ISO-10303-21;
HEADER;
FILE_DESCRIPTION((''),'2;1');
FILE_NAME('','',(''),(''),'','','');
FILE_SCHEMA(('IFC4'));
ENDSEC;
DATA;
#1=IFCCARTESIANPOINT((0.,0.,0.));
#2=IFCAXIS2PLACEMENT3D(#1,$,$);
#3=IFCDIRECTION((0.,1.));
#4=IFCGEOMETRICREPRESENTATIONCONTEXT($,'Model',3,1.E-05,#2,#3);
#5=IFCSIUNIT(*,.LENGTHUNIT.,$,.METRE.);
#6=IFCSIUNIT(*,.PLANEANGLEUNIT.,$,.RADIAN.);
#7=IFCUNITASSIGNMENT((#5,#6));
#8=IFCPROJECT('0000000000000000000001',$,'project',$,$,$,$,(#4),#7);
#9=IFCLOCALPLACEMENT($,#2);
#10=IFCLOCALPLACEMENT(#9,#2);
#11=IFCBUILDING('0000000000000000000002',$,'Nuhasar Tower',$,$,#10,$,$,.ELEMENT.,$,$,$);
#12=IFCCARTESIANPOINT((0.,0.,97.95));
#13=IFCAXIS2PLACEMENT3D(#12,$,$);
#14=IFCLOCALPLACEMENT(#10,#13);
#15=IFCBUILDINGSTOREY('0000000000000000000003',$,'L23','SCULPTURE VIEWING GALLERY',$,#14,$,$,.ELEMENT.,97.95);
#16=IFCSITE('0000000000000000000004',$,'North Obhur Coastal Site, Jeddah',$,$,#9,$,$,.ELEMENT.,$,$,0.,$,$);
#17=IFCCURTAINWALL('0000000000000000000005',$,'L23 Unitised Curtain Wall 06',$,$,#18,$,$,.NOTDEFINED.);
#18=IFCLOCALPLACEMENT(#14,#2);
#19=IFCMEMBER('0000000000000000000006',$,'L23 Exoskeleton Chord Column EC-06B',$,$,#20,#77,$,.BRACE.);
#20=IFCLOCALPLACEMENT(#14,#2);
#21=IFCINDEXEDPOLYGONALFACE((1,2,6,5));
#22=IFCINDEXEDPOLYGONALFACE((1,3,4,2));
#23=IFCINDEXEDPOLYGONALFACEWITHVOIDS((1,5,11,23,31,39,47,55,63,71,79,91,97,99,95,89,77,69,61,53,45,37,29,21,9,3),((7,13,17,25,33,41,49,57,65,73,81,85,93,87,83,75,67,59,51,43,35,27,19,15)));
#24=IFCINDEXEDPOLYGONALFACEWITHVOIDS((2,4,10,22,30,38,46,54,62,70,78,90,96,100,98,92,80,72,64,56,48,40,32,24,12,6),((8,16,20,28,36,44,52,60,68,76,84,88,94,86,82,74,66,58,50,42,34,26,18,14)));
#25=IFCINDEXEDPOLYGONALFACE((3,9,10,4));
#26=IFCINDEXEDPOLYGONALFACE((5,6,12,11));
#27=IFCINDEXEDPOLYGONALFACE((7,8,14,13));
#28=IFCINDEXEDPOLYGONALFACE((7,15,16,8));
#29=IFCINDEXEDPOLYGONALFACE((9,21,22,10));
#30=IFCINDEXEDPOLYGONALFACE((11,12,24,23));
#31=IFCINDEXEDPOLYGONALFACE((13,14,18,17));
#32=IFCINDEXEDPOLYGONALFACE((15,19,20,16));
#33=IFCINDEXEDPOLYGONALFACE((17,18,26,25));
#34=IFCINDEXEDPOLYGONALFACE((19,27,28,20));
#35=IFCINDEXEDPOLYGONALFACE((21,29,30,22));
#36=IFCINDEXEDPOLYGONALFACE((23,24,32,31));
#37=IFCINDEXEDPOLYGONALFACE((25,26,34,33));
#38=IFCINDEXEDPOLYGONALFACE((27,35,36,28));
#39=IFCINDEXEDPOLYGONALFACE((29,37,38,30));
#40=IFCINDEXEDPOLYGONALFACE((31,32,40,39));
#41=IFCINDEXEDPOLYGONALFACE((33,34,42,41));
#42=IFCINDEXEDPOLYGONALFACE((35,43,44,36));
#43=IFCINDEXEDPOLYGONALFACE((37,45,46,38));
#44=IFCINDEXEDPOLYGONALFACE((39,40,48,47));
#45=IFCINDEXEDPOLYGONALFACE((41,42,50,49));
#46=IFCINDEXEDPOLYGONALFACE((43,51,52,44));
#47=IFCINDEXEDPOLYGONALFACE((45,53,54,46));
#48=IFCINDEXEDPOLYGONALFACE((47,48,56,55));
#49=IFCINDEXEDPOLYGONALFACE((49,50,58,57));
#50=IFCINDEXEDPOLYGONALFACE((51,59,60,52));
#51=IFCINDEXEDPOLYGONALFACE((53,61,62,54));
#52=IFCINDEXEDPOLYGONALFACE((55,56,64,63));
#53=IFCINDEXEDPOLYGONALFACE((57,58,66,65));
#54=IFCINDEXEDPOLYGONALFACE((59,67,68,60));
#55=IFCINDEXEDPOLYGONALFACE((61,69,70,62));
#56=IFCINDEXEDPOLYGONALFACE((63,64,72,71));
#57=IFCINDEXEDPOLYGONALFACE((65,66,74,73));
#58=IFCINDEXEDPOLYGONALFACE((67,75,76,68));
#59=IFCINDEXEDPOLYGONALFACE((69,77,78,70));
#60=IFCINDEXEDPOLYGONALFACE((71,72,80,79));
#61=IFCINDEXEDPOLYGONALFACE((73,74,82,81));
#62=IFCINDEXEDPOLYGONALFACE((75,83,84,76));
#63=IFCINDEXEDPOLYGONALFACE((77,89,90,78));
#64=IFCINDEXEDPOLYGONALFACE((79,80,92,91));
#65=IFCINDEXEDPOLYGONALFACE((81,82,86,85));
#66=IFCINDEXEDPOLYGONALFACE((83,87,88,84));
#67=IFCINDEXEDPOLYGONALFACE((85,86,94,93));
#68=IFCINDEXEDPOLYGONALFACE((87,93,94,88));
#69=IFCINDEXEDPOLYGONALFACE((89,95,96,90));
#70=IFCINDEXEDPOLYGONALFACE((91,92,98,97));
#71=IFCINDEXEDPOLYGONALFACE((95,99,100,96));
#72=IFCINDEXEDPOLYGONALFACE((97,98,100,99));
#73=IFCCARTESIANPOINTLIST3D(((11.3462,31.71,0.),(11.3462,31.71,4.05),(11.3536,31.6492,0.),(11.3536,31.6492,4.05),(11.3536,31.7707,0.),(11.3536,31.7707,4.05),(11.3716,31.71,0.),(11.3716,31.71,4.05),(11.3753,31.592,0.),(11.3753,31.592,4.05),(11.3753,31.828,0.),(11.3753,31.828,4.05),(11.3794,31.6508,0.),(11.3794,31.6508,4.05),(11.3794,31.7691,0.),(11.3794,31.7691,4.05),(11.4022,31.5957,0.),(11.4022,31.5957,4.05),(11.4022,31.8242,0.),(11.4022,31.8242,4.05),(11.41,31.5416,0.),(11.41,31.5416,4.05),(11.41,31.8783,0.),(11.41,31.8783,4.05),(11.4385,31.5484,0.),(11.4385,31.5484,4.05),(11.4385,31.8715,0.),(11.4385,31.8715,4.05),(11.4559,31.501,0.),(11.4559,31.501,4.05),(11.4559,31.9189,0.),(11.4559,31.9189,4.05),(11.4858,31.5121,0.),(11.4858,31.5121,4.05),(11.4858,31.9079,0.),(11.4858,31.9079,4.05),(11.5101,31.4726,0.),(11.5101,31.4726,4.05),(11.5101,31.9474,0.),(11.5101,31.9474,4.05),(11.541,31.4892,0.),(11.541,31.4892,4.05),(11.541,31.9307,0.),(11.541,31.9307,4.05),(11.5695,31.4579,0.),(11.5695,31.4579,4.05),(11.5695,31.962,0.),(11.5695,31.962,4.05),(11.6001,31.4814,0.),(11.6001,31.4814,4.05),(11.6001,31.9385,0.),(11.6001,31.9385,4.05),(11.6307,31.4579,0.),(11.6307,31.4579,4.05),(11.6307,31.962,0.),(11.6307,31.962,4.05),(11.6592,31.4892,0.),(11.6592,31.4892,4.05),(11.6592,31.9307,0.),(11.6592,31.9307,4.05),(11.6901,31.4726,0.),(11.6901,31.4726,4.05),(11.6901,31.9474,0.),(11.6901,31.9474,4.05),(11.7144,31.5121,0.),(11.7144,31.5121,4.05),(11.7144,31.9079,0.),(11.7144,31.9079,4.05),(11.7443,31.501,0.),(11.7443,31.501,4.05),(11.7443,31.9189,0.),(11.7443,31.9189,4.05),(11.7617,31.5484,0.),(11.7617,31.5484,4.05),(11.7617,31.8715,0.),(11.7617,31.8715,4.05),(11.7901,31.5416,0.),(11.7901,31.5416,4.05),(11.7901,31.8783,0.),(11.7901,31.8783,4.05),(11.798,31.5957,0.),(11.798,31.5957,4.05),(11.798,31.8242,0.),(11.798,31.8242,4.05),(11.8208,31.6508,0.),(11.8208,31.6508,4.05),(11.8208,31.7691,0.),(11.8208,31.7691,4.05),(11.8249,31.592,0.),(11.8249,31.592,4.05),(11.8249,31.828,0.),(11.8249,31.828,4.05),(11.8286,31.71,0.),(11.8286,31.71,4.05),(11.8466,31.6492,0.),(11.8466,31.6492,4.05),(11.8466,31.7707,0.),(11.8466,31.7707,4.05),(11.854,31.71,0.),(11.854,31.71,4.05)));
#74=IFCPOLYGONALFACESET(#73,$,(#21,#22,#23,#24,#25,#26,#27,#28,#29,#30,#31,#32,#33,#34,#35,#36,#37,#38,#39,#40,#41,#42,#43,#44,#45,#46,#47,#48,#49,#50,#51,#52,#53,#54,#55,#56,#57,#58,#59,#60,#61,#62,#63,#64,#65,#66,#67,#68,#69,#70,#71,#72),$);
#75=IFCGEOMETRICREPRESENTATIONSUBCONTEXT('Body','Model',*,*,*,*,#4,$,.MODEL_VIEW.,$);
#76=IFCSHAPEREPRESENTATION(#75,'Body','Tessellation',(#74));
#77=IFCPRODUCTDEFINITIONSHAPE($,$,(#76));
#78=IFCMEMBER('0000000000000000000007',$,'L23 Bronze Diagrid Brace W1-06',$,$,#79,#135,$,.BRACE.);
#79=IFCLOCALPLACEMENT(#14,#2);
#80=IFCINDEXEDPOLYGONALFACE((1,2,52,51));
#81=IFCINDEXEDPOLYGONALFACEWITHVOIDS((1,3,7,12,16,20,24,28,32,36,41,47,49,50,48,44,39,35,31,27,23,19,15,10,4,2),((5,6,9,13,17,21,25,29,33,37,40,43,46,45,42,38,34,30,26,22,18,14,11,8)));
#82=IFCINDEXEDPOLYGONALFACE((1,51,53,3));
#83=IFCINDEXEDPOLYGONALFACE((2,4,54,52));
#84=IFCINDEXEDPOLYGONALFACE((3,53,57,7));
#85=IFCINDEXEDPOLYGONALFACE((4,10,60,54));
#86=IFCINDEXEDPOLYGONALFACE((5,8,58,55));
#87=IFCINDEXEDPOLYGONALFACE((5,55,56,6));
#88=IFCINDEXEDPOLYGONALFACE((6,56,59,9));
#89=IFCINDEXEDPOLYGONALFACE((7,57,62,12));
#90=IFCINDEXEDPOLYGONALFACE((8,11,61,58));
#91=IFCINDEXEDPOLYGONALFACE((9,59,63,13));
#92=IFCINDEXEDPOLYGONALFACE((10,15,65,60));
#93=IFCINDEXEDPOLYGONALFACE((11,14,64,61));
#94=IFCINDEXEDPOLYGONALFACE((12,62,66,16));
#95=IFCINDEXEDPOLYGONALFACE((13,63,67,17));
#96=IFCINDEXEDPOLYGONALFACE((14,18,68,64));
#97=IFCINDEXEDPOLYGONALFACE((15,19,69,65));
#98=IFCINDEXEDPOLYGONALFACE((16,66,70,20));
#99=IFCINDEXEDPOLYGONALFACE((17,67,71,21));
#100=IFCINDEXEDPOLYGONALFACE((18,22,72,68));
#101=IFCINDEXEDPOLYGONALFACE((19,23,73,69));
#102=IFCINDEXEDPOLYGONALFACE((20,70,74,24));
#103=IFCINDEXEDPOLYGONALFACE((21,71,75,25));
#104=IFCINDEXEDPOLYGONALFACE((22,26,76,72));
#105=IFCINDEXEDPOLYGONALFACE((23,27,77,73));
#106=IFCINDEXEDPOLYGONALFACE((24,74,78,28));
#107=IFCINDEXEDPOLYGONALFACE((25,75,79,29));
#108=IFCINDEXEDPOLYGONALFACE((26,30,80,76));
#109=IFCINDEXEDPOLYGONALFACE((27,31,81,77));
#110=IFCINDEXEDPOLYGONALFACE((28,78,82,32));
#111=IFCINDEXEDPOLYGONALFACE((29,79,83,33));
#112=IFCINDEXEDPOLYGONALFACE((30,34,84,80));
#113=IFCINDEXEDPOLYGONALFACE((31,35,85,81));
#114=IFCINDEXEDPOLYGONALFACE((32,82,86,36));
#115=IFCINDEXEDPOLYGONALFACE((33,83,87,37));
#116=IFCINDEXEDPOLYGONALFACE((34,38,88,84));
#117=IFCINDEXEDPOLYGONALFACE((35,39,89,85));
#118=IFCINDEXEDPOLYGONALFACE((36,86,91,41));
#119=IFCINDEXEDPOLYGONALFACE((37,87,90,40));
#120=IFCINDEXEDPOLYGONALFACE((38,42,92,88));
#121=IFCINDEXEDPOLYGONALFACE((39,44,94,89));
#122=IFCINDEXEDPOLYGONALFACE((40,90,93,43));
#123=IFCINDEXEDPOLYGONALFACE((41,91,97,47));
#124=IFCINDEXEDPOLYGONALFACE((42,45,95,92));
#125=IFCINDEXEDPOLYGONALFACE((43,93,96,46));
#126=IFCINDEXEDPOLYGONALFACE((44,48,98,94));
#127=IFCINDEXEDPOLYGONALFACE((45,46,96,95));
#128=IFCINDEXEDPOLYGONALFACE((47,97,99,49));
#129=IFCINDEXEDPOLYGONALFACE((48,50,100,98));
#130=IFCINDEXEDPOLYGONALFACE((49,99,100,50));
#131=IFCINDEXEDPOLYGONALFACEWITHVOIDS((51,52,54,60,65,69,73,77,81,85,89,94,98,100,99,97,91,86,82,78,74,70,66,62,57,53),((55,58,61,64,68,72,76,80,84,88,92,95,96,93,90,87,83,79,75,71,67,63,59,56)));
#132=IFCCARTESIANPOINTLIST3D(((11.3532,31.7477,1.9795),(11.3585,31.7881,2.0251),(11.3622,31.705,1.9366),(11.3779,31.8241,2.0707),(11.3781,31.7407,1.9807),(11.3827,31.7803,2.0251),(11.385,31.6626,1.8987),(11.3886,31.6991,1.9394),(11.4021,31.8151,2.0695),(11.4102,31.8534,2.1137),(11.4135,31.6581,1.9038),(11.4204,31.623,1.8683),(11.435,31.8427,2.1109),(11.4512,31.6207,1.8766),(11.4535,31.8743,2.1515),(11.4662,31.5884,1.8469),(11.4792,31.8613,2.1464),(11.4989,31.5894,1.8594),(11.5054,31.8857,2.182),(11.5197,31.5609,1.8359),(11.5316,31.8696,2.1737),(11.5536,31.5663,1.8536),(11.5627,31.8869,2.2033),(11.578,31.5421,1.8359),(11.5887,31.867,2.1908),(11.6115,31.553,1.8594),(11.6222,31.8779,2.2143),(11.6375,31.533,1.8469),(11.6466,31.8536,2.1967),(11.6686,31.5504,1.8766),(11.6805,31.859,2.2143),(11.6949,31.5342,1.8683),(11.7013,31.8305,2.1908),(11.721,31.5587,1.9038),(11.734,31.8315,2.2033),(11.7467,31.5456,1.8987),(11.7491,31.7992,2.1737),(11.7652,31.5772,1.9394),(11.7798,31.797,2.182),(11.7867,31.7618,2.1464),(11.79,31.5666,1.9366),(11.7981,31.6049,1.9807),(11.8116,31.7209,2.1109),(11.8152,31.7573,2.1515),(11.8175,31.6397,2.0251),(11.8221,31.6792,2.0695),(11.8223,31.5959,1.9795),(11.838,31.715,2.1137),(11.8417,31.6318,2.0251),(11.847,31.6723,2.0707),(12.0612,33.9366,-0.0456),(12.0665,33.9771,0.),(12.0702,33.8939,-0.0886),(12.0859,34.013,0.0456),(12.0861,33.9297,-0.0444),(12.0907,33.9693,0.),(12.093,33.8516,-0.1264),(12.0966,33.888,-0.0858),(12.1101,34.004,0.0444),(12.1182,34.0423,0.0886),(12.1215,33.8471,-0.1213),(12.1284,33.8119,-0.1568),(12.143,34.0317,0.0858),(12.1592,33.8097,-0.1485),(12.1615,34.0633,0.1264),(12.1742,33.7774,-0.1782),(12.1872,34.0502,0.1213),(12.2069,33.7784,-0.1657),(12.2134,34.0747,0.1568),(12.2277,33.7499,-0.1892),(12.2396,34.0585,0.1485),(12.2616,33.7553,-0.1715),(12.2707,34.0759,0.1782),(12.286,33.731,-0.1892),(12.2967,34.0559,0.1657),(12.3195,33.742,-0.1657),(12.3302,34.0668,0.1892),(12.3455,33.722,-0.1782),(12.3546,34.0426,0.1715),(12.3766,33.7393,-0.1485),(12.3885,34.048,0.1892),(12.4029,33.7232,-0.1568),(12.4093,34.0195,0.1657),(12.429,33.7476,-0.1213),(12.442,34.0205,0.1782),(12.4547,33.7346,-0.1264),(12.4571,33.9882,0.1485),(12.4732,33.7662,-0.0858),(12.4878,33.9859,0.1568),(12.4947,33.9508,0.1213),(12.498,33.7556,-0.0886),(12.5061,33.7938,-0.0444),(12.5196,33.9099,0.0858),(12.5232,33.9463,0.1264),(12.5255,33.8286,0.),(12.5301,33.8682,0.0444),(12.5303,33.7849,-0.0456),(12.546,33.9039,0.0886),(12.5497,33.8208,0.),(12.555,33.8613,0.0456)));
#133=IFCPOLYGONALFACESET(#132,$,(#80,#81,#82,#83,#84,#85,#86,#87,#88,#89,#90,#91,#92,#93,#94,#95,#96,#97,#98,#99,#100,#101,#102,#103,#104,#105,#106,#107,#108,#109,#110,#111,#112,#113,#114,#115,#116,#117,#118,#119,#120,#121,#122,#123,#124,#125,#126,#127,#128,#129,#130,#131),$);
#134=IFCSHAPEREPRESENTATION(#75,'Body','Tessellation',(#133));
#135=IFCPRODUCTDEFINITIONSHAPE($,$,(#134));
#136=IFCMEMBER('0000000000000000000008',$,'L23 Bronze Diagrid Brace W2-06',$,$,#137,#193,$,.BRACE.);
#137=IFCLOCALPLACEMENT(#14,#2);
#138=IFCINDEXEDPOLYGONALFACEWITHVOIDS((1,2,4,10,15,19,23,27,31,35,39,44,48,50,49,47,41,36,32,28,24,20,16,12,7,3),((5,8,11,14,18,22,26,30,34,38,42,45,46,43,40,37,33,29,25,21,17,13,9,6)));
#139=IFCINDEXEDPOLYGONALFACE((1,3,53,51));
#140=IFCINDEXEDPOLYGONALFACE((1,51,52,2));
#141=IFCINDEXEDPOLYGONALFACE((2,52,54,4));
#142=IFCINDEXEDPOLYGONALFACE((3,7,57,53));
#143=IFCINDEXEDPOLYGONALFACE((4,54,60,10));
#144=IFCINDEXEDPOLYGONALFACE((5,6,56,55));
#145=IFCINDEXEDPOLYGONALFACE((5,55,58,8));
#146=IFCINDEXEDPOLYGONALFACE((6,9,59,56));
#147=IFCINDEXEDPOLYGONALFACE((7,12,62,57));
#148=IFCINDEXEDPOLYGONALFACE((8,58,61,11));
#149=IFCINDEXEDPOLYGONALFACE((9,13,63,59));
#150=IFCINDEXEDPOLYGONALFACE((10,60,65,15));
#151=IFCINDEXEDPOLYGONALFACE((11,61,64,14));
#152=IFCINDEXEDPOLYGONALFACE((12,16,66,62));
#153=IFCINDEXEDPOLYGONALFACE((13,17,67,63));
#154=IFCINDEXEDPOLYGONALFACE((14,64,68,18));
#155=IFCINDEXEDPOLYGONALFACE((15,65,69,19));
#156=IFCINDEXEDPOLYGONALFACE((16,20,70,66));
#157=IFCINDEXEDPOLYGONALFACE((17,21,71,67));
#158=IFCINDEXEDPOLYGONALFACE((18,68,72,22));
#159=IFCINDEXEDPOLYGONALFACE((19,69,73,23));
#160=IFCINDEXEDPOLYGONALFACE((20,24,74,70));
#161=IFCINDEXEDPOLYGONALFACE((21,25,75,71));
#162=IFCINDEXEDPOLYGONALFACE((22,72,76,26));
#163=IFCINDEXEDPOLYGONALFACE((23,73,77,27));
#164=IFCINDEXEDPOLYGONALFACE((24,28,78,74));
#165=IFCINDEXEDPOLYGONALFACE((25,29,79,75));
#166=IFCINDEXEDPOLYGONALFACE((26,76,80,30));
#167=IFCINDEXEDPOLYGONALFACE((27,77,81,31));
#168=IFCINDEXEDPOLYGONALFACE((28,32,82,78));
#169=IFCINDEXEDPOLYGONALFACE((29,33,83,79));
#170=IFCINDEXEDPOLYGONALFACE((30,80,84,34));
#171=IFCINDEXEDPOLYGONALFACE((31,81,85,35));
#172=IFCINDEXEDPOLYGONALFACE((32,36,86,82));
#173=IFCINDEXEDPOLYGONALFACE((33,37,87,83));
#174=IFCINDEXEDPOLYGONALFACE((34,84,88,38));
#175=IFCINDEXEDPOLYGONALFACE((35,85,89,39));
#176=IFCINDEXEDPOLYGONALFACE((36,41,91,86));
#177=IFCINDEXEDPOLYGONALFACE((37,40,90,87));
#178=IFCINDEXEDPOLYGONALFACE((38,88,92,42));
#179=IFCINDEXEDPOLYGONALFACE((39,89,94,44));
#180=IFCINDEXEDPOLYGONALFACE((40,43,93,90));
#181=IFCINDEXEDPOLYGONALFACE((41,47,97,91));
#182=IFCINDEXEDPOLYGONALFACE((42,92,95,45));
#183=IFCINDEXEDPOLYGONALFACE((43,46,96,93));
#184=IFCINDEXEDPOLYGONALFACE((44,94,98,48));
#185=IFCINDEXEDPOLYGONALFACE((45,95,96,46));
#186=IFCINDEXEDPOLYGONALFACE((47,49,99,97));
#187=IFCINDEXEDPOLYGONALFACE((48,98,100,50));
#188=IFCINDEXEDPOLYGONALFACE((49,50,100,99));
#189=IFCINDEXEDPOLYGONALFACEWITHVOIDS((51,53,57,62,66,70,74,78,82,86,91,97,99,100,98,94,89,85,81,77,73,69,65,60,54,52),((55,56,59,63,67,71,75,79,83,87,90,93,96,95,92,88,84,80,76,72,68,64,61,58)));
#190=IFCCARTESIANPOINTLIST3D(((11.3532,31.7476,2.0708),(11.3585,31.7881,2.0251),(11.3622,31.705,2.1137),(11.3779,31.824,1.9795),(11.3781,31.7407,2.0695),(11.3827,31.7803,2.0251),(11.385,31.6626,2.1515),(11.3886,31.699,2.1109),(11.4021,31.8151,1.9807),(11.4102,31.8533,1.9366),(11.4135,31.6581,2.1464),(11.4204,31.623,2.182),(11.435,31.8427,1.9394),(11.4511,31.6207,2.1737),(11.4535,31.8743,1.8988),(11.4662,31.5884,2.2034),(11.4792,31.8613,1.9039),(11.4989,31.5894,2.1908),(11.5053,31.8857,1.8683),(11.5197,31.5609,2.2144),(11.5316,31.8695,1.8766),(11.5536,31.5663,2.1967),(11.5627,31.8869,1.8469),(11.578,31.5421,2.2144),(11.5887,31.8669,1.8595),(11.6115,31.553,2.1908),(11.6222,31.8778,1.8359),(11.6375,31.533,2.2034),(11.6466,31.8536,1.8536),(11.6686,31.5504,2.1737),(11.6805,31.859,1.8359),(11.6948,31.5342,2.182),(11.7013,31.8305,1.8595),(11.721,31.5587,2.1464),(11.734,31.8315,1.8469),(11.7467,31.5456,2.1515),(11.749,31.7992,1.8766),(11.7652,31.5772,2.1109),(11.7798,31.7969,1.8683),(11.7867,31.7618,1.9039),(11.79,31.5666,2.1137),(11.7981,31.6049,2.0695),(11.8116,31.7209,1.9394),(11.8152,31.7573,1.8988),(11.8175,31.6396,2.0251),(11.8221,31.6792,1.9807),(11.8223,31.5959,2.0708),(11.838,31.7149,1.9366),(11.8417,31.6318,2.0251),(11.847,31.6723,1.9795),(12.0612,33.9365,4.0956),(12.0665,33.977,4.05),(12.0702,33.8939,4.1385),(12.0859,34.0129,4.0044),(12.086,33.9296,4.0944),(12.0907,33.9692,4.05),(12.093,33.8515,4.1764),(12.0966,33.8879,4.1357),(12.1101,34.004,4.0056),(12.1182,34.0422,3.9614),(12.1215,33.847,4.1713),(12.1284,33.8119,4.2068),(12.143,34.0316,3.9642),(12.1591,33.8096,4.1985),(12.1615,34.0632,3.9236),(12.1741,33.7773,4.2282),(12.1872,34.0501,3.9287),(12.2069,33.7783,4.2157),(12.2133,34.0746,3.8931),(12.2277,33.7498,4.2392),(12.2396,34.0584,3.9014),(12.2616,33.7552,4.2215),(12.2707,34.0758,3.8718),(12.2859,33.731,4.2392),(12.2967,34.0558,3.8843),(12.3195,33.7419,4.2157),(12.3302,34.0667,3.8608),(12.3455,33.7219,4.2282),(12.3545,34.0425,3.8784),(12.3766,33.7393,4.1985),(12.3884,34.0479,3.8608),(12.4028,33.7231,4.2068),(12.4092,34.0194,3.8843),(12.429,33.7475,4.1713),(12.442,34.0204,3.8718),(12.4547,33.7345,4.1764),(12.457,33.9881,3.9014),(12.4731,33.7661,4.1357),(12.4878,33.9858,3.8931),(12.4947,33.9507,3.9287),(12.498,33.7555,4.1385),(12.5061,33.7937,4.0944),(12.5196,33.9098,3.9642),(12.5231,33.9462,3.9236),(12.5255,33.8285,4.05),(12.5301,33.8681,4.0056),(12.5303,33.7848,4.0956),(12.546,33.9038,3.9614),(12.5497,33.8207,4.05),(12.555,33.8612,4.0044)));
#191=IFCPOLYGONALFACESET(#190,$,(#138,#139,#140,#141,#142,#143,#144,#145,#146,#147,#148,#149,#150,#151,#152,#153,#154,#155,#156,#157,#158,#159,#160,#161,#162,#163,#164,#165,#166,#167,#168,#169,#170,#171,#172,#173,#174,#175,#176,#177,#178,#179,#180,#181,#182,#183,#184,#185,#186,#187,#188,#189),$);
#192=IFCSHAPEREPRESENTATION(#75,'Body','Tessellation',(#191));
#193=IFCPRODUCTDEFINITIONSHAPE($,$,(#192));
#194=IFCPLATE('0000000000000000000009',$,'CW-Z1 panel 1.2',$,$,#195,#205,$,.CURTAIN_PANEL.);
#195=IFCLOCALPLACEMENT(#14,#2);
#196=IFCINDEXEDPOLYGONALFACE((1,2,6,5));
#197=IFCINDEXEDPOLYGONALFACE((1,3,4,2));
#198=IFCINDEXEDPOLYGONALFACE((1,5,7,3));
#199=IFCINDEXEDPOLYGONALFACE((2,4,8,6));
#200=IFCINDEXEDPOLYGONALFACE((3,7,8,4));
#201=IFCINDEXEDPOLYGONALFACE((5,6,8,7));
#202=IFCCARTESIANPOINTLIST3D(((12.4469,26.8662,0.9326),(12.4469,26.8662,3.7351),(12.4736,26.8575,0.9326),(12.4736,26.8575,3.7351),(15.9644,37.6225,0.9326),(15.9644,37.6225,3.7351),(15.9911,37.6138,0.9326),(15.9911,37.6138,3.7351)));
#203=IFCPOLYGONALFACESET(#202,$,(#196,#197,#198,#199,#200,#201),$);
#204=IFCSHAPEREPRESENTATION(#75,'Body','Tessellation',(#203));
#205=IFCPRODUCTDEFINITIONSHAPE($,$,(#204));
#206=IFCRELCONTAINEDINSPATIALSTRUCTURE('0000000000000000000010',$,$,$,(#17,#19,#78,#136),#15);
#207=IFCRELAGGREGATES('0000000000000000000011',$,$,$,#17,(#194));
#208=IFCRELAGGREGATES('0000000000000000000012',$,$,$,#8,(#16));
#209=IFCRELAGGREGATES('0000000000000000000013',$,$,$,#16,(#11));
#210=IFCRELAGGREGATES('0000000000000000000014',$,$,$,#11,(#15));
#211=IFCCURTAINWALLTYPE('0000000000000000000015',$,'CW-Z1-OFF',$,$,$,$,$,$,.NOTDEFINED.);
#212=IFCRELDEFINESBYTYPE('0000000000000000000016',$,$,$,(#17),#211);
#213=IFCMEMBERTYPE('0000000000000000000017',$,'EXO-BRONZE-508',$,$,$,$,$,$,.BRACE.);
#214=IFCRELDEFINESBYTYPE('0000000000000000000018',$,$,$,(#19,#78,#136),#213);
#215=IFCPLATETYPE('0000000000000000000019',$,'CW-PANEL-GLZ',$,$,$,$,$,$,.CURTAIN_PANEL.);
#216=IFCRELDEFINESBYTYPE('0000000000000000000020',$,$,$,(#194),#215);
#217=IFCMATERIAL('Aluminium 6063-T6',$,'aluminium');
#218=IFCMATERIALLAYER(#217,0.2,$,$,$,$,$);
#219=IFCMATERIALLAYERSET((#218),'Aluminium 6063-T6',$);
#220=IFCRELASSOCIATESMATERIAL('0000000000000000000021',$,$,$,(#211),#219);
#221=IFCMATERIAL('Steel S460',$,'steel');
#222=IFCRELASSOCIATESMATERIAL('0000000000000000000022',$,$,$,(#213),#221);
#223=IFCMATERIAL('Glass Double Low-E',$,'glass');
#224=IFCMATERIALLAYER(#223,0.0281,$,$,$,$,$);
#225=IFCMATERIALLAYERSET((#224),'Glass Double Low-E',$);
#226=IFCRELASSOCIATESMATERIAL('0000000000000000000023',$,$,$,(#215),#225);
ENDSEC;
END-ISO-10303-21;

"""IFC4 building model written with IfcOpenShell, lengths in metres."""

from ifc_helpers import new_model, si_unit, direction, frame, origin, origin_2d, place, context, subcontext, project, spatial, rectangle, hollow_circle, extrude, material, layer, layer_set, material_profile, profile_set, type_object, element, aggregate, save


model = new_model("IFC4")

# Units and contexts
model_context = context("Model", 3, precision=1e-05, world=origin(), true_north=direction((0.0, 1.0)))
body_context = subcontext(model_context, "Body", "Model", "MODEL_VIEW")
ifc_project = project(units=[si_unit("LENGTHUNIT", "METRE"), si_unit("PLANEANGLEUNIT", "RADIAN")], contexts=[model_context])

# Site, building, storey
site_placement = place(None, origin())
site = spatial("IfcSite", under=ifc_project, at=site_placement, Name="North Obhur Coastal Site, Jeddah", CompositionType="ELEMENT", RefElevation=0.0)
building_placement = place(site_placement, origin())
building = spatial("IfcBuilding", under=site, at=building_placement, Name="Nuhasar Tower", CompositionType="ELEMENT")
storey_placement = place(building_placement, frame((0.0, 0.0, 97.95)))
storey = spatial("IfcBuildingStorey", under=building, at=storey_placement, Name="L23", Description="SCULPTURE VIEWING GALLERY", CompositionType="ELEMENT", Elevation=97.95)

# Curtain wall
ifc_material_1 = material(Name="Aluminium 6063-T6", Category="aluminium")
ifc_layer_1 = layer(ifc_material_1, 0.2)
ifc_layer_set_1 = layer_set([ifc_layer_1], Name="Aluminium 6063-T6")
curtain_wall_type = type_object("IfcCurtainWallType", Name="CW-Z1-OFF", PredefinedType="NOTDEFINED", material=ifc_layer_set_1)
curtain_wall_1_placement = place(storey_placement, origin())
curtain_wall_1 = element("IfcCurtainWall", 1, at=curtain_wall_1_placement, inside=storey, type_object=curtain_wall_type, Name="L23 Unitised Curtain Wall 06", PredefinedType="NOTDEFINED")

# Members
ifc_material_2 = material(Name="Steel S460", Category="steel")
ifc_material_profile_1 = material_profile(ifc_material_2, hollow_circle(Radius=0.2539, WallThickness=0.0254, at=origin_2d()), Name="HSS508X25.4")
ifc_profile_set_1 = profile_set([ifc_material_profile_1], Name="Steel S460")
member_type_1 = type_object("IfcMemberType", Name="EXO-BRONZE-508", PredefinedType="BRACE", material=ifc_profile_set_1)
for number, where, z_axis, x_axis, name in (
    (2, (11.6001, 31.71, 0.0), (0.0, 0.0, 1.0), (1.0, 0.0, 0.0), "L23 Exoskeleton Chord Column EC-06B"),
):
    element("IfcMember", number, at=place(storey_placement, frame(where, z_axis=z_axis, x_axis=x_axis)), inside=storey, type_object=member_type_1, Name=name, PredefinedType="BRACE", context=body_context, shape_type="SweptSolid", body=[
        extrude(hollow_circle(Radius=0.2539, WallThickness=0.0254, at=origin_2d()), origin(), (0.0, 0.0, 1.0), 4.05),
    ])
member_1_placement = place(storey_placement, frame((12.3081, 33.8989, 0.0), z_axis=(-0.231, -0.714187, 0.660739), x_axis=(0.951468, -0.307747, 0.0)))
element("IfcMember", 3, at=member_1_placement, inside=storey, type_object=member_type_1, Name="L23 Bronze Diagrid Brace W1-06", PredefinedType="BRACE", context=body_context, shape_type="SweptSolid", body=[
    extrude(hollow_circle(Radius=0.2539, WallThickness=0.0254, at=origin_2d()), origin(), (0.0, 0.0, 1.0), 3.0649),
])
member_2_placement = place(storey_placement, frame((11.6001, 31.71, 2.0251), z_axis=(0.231012, 0.714225, 0.660694), x_axis=(-0.951468, 0.307747, 0.0)))
element("IfcMember", 4, at=member_2_placement, inside=storey, type_object=member_type_1, Name="L23 Bronze Diagrid Brace W2-06", PredefinedType="BRACE", context=body_context, shape_type="SweptSolid", body=[
    extrude(hollow_circle(Radius=0.2539, WallThickness=0.0254, at=origin_2d()), origin(), (0.0, 0.0, 1.0), 3.0647),
])

# Plate
ifc_material_3 = material(Name="Glass Double Low-E", Category="glass")
ifc_layer_2 = layer(ifc_material_3, 0.0281)
ifc_layer_set_2 = layer_set([ifc_layer_2], Name="Glass Double Low-E")
plate_type_1 = type_object("IfcPlateType", Name="CW-PANEL-GLZ", PredefinedType="CURTAIN_PANEL", material=ifc_layer_set_2)
plate_1_placement = place(storey_placement, frame((14.219, 32.24, 0.9326), z_axis=(0.0, 0.0, 1.0), x_axis=(-0.310824, -0.950468, 0.0)))
plate_1 = element("IfcPlate", 5, at=plate_1_placement, type_object=plate_type_1, Name="CW-Z1 panel 1.2", PredefinedType="CURTAIN_PANEL", context=body_context, shape_type="SweptSolid", body=[
    extrude(rectangle(XDim=11.3169, YDim=0.0281, at=origin_2d()), origin(), (0.0, 0.0, 1.0), 2.8025),
])
aggregate(curtain_wall_1, [plate_1])

save(model, "model.ifc")
